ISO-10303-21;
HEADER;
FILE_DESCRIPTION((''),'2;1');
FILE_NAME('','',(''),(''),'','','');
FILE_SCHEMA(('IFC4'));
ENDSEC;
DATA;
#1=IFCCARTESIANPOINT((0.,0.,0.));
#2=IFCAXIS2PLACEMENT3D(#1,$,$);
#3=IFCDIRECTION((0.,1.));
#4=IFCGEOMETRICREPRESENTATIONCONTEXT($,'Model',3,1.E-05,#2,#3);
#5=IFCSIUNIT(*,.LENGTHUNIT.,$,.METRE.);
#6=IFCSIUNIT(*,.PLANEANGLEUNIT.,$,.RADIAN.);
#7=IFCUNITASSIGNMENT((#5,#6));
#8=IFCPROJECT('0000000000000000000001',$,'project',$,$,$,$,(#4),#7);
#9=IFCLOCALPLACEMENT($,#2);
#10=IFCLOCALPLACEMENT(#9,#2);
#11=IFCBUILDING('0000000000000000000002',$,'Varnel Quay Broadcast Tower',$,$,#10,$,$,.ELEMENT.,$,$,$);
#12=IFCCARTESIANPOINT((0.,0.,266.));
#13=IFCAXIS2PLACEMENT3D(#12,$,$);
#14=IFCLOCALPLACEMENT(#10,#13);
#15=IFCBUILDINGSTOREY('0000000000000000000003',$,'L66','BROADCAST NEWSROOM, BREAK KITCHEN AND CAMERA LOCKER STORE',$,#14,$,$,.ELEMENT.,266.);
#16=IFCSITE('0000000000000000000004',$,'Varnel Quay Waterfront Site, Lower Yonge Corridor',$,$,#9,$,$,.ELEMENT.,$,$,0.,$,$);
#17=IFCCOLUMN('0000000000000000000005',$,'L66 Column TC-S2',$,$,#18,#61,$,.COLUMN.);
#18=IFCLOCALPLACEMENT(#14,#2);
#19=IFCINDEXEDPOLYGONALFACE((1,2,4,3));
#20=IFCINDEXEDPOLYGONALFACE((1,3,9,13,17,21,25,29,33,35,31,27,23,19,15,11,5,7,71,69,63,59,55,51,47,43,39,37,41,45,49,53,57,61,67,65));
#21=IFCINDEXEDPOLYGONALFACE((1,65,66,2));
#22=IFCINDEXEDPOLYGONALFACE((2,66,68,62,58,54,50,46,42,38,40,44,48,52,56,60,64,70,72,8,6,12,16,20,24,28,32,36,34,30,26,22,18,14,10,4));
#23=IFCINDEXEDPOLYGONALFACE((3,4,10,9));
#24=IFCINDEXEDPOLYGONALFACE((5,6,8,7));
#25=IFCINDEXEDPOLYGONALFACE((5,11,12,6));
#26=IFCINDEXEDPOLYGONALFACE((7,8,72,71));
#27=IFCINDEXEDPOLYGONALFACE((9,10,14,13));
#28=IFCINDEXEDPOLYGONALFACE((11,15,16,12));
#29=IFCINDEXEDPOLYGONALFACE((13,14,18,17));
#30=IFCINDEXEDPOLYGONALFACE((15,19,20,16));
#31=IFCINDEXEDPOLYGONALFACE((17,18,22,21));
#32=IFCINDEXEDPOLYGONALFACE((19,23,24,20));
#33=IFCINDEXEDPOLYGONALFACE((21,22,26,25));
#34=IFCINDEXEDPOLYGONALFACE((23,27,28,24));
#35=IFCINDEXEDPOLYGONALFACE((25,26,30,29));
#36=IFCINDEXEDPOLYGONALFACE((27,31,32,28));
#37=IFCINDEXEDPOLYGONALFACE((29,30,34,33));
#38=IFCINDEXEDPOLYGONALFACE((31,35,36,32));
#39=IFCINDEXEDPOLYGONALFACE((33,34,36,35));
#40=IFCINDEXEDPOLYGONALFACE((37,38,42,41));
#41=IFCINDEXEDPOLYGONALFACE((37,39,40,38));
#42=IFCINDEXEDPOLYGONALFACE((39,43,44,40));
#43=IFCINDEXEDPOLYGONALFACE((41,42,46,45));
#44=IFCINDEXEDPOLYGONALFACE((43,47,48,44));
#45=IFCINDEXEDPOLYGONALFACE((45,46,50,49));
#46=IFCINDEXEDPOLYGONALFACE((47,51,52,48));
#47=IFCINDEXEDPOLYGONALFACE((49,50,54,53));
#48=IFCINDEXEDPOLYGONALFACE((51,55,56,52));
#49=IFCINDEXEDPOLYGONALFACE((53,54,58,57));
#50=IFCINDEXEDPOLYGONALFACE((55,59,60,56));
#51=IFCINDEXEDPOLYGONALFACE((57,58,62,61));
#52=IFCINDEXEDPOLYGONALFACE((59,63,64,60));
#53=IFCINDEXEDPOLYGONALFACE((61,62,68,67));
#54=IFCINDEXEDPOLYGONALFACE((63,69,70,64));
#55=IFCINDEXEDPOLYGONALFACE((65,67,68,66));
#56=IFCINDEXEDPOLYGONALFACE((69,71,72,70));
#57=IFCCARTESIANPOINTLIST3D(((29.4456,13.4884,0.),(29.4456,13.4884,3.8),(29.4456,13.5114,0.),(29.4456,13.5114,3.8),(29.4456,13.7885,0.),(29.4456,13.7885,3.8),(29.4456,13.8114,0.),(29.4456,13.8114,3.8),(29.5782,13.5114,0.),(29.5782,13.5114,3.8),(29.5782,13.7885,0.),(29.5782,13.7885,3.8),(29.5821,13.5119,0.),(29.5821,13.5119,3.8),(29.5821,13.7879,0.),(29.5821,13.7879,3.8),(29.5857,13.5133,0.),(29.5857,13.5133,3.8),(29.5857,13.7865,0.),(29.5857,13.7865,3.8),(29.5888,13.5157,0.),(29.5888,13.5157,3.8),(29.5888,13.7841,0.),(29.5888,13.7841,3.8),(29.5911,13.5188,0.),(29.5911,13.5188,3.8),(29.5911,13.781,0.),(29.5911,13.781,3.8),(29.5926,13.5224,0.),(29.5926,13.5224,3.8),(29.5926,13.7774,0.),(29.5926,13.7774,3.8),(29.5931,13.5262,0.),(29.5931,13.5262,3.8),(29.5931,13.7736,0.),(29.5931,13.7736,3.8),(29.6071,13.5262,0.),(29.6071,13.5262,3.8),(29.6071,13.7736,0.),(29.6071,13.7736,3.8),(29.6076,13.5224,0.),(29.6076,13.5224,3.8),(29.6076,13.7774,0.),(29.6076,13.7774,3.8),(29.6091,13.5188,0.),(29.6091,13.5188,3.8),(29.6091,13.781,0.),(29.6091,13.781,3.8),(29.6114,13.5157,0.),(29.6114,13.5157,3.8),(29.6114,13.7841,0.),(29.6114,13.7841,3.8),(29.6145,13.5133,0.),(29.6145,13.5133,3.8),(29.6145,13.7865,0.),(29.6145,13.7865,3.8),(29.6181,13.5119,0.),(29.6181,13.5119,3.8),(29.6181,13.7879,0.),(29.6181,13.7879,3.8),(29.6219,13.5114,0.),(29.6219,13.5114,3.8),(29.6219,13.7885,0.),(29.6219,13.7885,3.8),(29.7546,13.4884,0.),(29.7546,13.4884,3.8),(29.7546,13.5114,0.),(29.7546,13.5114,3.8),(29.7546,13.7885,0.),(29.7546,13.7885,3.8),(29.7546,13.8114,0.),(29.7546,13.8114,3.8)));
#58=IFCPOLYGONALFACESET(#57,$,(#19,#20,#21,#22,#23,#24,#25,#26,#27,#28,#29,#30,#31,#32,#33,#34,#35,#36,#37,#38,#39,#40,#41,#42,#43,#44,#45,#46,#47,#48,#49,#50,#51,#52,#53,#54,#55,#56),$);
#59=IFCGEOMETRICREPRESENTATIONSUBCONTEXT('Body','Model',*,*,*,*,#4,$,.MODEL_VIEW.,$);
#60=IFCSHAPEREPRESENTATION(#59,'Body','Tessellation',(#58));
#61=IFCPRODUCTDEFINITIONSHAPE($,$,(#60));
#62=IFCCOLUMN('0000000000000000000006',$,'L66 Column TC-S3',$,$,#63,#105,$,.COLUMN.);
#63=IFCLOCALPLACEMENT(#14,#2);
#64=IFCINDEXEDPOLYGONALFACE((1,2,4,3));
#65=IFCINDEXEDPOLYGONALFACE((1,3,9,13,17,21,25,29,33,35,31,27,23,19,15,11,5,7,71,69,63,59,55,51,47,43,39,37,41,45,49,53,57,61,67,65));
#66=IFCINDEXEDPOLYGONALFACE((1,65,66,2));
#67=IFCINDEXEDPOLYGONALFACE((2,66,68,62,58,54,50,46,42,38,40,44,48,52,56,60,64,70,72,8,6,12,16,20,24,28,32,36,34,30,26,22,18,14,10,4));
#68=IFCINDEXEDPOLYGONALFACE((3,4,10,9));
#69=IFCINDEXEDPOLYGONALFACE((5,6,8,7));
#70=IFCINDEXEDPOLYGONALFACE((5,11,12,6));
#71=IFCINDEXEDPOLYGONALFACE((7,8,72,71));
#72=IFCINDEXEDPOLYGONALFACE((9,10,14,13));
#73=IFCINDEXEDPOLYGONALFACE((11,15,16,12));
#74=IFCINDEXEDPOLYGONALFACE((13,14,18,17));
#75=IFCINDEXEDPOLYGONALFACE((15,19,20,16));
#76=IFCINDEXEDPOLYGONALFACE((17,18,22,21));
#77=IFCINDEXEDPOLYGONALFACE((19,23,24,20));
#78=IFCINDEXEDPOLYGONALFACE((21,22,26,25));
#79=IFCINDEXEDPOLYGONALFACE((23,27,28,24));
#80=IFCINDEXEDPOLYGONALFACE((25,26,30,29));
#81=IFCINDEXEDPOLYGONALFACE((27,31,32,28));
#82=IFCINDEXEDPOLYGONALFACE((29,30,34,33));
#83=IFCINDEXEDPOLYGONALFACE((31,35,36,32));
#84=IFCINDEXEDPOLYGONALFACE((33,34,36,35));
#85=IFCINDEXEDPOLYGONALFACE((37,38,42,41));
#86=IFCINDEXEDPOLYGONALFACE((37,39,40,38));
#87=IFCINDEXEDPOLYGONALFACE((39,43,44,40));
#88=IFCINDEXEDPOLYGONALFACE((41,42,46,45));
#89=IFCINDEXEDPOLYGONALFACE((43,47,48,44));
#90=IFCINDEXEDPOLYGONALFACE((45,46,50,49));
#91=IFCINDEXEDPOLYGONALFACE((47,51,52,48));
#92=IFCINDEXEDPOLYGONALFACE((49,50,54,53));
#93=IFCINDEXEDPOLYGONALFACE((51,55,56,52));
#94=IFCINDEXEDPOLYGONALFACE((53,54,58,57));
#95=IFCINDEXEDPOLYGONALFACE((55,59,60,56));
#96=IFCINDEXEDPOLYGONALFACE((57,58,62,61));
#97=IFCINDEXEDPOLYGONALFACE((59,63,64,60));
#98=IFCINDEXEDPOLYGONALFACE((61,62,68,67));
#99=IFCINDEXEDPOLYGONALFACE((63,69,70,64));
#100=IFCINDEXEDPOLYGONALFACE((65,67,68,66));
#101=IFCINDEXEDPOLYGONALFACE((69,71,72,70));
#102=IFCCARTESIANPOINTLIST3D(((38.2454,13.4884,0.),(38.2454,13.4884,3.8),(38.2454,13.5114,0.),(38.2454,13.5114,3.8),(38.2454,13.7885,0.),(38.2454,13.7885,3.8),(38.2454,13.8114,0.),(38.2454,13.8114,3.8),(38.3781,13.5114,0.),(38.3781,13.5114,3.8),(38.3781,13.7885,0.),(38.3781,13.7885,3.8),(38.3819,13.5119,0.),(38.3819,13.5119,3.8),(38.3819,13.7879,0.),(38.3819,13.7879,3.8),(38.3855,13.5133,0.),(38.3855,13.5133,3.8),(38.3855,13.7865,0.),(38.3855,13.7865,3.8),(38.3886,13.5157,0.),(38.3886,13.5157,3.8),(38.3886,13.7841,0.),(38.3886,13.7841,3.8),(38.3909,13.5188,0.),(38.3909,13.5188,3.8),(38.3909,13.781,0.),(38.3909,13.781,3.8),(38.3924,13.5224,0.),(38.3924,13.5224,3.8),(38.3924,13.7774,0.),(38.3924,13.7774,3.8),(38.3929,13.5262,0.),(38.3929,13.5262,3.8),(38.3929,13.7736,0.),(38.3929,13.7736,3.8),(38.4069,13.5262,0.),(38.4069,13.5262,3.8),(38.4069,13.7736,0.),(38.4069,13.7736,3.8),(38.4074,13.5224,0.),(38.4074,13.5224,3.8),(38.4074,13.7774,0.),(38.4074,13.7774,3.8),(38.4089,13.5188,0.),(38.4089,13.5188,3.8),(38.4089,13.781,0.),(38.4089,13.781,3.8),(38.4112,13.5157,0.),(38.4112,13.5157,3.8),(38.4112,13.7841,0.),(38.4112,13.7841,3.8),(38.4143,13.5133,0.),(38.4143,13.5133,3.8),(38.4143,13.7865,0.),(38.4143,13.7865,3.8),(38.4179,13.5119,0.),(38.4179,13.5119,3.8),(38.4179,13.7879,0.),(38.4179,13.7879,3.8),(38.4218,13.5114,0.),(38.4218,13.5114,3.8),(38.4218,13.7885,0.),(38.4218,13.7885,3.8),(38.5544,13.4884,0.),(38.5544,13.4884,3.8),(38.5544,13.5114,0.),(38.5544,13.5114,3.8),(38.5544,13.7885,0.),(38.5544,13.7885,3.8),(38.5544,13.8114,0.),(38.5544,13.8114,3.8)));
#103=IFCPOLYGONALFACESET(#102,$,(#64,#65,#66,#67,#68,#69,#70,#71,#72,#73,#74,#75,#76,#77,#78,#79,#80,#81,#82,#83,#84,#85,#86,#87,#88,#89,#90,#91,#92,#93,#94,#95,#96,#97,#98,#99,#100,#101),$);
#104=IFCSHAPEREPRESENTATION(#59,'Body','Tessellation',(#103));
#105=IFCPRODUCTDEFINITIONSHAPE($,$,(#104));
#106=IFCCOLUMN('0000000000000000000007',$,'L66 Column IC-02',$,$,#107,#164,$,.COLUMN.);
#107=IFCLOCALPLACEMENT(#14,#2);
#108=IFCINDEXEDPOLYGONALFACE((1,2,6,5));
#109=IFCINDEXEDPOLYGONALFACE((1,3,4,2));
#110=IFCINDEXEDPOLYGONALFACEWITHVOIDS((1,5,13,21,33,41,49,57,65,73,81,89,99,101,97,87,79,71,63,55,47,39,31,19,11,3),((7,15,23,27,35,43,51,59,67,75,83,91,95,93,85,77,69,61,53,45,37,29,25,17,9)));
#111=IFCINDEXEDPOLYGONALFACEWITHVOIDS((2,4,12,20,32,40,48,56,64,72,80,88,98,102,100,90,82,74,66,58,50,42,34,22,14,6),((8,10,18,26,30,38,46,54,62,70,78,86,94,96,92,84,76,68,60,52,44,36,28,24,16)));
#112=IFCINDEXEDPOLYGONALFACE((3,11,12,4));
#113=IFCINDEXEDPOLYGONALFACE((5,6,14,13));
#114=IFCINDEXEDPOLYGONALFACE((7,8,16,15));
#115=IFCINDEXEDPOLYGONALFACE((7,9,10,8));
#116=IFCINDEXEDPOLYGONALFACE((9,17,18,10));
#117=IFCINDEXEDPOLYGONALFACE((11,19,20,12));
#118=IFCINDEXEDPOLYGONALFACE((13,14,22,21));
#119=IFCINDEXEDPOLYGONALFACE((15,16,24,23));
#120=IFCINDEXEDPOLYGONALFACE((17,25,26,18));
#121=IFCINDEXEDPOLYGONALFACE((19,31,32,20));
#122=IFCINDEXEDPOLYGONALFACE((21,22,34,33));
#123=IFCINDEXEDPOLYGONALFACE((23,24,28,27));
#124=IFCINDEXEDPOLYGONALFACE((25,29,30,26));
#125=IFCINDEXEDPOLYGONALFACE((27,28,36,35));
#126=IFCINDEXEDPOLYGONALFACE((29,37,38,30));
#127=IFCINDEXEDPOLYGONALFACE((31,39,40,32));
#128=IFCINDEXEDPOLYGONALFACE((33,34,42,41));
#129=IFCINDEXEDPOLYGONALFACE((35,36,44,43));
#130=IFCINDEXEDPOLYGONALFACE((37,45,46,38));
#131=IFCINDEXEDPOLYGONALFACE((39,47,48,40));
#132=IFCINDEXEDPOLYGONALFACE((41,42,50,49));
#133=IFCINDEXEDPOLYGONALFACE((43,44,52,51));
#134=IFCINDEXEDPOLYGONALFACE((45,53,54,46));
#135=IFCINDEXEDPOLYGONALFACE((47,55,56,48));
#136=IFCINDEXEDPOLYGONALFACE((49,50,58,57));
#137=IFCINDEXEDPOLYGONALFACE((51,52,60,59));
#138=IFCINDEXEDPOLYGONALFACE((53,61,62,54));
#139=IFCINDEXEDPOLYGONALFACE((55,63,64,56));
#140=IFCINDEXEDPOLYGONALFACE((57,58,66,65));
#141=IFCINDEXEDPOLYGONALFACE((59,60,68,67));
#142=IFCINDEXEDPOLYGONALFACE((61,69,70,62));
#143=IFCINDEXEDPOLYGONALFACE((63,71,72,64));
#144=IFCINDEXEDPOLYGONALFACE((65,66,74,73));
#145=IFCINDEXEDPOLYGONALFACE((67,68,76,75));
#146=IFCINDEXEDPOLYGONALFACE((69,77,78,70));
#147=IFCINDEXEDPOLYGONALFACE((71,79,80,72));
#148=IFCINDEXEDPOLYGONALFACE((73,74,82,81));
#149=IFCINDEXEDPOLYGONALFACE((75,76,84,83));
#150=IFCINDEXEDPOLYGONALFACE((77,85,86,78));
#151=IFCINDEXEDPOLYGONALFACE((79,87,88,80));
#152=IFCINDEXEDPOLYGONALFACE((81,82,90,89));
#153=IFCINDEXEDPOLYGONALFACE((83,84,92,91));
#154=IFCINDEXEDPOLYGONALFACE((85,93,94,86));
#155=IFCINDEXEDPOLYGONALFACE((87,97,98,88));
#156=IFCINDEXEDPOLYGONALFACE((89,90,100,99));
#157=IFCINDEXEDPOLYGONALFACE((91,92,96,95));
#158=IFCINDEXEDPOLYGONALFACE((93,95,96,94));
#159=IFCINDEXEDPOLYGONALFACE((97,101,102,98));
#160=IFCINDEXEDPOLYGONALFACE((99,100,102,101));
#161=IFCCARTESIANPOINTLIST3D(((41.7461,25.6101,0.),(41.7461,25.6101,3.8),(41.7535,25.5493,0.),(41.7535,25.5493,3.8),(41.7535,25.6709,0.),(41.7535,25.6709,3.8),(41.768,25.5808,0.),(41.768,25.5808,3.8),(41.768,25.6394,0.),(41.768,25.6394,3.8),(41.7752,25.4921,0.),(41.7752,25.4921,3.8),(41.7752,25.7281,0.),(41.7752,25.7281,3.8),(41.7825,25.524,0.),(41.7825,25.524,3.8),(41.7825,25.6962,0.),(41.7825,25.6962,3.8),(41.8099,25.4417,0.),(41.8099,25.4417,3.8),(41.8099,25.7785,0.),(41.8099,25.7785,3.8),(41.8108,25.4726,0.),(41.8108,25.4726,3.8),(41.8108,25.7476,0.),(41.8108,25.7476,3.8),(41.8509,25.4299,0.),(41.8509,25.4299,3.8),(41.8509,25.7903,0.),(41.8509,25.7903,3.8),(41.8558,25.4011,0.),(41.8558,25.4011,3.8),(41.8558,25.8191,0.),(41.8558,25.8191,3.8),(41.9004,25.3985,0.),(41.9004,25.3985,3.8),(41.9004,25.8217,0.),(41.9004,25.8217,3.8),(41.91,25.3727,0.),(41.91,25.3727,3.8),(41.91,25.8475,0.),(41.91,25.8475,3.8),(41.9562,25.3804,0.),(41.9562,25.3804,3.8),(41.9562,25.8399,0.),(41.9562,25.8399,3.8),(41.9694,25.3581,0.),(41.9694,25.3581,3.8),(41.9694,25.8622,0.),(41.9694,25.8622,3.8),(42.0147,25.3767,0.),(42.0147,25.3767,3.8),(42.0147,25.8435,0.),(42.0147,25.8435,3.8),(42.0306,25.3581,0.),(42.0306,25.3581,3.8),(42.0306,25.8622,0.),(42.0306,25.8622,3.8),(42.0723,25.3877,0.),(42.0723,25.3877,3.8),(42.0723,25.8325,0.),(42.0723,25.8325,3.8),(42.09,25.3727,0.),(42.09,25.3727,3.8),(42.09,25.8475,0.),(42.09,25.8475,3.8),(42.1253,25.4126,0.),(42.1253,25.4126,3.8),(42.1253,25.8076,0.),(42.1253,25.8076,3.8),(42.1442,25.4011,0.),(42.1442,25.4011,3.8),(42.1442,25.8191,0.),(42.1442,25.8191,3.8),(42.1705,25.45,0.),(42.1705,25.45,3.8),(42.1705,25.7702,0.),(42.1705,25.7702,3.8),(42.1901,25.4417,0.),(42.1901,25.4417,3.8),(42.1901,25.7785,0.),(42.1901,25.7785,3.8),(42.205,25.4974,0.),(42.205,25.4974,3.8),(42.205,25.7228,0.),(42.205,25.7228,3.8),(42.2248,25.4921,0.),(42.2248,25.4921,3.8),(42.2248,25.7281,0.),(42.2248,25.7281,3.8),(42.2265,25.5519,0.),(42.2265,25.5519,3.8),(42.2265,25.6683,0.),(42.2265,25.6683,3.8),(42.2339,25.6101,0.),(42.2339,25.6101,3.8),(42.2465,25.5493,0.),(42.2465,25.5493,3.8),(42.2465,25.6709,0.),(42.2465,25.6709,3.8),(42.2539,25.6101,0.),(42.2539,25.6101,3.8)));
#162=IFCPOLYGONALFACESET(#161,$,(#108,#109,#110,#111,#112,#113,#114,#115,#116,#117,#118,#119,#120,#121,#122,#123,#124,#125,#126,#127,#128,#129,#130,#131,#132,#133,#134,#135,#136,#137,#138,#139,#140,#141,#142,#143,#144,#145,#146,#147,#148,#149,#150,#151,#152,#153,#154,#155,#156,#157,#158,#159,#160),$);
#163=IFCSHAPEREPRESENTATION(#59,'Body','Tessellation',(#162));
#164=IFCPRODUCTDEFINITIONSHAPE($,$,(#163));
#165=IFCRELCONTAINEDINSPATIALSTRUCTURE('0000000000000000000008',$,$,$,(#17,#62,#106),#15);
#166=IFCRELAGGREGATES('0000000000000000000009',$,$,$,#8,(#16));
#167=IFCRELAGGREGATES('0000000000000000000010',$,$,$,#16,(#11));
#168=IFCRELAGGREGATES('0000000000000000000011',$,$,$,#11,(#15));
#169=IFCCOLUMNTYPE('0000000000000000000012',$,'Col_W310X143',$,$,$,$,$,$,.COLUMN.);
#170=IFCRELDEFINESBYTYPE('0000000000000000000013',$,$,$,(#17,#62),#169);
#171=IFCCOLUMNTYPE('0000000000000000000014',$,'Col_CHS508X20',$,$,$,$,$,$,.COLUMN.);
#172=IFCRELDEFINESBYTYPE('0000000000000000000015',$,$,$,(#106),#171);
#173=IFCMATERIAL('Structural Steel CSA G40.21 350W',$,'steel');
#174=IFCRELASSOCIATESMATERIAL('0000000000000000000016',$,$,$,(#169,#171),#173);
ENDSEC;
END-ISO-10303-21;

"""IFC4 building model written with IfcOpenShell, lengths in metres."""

from ifc_helpers import new_model, si_unit, direction, frame, origin, origin_2d, place, context, subcontext, project, spatial, hollow_circle, i_section, extrude, source, transform, mapped, material, material_profile, profile_set, type_object, type_shapes, element, save


model = new_model("IFC4")

# Units and contexts
model_context = context("Model", 3, precision=1e-05, world=origin(), true_north=direction((0.0, 1.0)))
body_context = subcontext(model_context, "Body", "Model", "MODEL_VIEW")
ifc_project = project(units=[si_unit("LENGTHUNIT", "METRE"), si_unit("PLANEANGLEUNIT", "RADIAN")], contexts=[model_context])

# Site, building, storey
site_placement = place(None, origin())
site = spatial("IfcSite", under=ifc_project, at=site_placement, Name="Varnel Quay Waterfront Site, Lower Yonge Corridor", CompositionType="ELEMENT", RefElevation=0.0)
building_placement = place(site_placement, origin())
building = spatial("IfcBuilding", under=site, at=building_placement, Name="Varnel Quay Broadcast Tower", CompositionType="ELEMENT")
storey_placement = place(building_placement, frame((0.0, 0.0, 266.0)))
storey = spatial("IfcBuildingStorey", under=building, at=storey_placement, Name="L66", Description="BROADCAST NEWSROOM, BREAK KITCHEN AND CAMERA LOCKER STORE", CompositionType="ELEMENT", Elevation=266.0)

# Columns
ifc_material_1 = material(Name="Structural Steel CSA G40.21 350W", Category="steel")
ifc_material_profile_1 = material_profile(ifc_material_1, i_section(OverallWidth=0.3091, OverallDepth=0.323, WebThickness=0.0139, FlangeThickness=0.0229, FilletRadius=0.0149, at=origin_2d()), Name="W310X143")
ifc_profile_set_1 = profile_set([ifc_material_profile_1], Name="Structural Steel CSA G40.21 350W")
column_type_1 = type_object("IfcColumnType", Name="Col_W310X143", PredefinedType="COLUMN", material=ifc_profile_set_1)
shared_shape_1 = source(origin(), body_context, "Body", "SweptSolid", [
    extrude(i_section(OverallWidth=0.3091, OverallDepth=0.323, WebThickness=0.0139, FlangeThickness=0.0229, FilletRadius=0.0149, at=origin_2d()), origin(), (0.0, 0.0, 1.0), 3.8),
])
type_shapes(column_type_1, [shared_shape_1])
for number, where, z_axis, x_axis, name in (
    (1, (29.6001, 13.6499, 0.0), (0.0, 0.0, 1.0), (1.0, 0.0, 0.0), "L66 Column TC-S2"),
    (2, (38.3999, 13.6499, 0.0), (0.0, 0.0, 1.0), (1.0, 0.0, 0.0), "L66 Column TC-S3"),
):
    element("IfcColumn", number, at=place(storey_placement, frame(where, z_axis=z_axis, x_axis=x_axis)), inside=storey, type_object=column_type_1, Name=name, PredefinedType="COLUMN", context=body_context, shape_type="MappedRepresentation", body=[
        mapped(shared_shape_1, transform((0.0, 0.0, 0.0), x_axis=(1.0, 0.0, 0.0), y_axis=(0.0, 1.0, 0.0), z_axis=(0.0, 0.0, 1.0), scale=1.0)),
    ])
ifc_material_profile_2 = material_profile(ifc_material_1, hollow_circle(Radius=0.2539, WallThickness=0.02, at=origin_2d()), Name="CHS508X20")
ifc_profile_set_2 = profile_set([ifc_material_profile_2], Name="Structural Steel CSA G40.21 350W")
column_type_2 = type_object("IfcColumnType", Name="Col_CHS508X20", PredefinedType="COLUMN", material=ifc_profile_set_2)
shared_shape_2 = source(origin(), body_context, "Body", "SweptSolid", [
    extrude(hollow_circle(Radius=0.2539, WallThickness=0.02, at=origin_2d()), origin(), (0.0, 0.0, 1.0), 3.8),
])
type_shapes(column_type_2, [shared_shape_2])
column_placement = place(storey_placement, frame((42.0, 25.6101, 0.0), z_axis=(0.0, 0.0, 1.0), x_axis=(1.0, 0.0, 0.0)))
element("IfcColumn", 3, at=column_placement, inside=storey, type_object=column_type_2, Name="L66 Column IC-02", PredefinedType="COLUMN", context=body_context, shape_type="MappedRepresentation", body=[
    mapped(shared_shape_2, transform((0.0, 0.0, 0.0), x_axis=(1.0, 0.0, 0.0), y_axis=(0.0, 1.0, 0.0), z_axis=(0.0, 0.0, 1.0), scale=1.0)),
])

save(model, "model.ifc")
